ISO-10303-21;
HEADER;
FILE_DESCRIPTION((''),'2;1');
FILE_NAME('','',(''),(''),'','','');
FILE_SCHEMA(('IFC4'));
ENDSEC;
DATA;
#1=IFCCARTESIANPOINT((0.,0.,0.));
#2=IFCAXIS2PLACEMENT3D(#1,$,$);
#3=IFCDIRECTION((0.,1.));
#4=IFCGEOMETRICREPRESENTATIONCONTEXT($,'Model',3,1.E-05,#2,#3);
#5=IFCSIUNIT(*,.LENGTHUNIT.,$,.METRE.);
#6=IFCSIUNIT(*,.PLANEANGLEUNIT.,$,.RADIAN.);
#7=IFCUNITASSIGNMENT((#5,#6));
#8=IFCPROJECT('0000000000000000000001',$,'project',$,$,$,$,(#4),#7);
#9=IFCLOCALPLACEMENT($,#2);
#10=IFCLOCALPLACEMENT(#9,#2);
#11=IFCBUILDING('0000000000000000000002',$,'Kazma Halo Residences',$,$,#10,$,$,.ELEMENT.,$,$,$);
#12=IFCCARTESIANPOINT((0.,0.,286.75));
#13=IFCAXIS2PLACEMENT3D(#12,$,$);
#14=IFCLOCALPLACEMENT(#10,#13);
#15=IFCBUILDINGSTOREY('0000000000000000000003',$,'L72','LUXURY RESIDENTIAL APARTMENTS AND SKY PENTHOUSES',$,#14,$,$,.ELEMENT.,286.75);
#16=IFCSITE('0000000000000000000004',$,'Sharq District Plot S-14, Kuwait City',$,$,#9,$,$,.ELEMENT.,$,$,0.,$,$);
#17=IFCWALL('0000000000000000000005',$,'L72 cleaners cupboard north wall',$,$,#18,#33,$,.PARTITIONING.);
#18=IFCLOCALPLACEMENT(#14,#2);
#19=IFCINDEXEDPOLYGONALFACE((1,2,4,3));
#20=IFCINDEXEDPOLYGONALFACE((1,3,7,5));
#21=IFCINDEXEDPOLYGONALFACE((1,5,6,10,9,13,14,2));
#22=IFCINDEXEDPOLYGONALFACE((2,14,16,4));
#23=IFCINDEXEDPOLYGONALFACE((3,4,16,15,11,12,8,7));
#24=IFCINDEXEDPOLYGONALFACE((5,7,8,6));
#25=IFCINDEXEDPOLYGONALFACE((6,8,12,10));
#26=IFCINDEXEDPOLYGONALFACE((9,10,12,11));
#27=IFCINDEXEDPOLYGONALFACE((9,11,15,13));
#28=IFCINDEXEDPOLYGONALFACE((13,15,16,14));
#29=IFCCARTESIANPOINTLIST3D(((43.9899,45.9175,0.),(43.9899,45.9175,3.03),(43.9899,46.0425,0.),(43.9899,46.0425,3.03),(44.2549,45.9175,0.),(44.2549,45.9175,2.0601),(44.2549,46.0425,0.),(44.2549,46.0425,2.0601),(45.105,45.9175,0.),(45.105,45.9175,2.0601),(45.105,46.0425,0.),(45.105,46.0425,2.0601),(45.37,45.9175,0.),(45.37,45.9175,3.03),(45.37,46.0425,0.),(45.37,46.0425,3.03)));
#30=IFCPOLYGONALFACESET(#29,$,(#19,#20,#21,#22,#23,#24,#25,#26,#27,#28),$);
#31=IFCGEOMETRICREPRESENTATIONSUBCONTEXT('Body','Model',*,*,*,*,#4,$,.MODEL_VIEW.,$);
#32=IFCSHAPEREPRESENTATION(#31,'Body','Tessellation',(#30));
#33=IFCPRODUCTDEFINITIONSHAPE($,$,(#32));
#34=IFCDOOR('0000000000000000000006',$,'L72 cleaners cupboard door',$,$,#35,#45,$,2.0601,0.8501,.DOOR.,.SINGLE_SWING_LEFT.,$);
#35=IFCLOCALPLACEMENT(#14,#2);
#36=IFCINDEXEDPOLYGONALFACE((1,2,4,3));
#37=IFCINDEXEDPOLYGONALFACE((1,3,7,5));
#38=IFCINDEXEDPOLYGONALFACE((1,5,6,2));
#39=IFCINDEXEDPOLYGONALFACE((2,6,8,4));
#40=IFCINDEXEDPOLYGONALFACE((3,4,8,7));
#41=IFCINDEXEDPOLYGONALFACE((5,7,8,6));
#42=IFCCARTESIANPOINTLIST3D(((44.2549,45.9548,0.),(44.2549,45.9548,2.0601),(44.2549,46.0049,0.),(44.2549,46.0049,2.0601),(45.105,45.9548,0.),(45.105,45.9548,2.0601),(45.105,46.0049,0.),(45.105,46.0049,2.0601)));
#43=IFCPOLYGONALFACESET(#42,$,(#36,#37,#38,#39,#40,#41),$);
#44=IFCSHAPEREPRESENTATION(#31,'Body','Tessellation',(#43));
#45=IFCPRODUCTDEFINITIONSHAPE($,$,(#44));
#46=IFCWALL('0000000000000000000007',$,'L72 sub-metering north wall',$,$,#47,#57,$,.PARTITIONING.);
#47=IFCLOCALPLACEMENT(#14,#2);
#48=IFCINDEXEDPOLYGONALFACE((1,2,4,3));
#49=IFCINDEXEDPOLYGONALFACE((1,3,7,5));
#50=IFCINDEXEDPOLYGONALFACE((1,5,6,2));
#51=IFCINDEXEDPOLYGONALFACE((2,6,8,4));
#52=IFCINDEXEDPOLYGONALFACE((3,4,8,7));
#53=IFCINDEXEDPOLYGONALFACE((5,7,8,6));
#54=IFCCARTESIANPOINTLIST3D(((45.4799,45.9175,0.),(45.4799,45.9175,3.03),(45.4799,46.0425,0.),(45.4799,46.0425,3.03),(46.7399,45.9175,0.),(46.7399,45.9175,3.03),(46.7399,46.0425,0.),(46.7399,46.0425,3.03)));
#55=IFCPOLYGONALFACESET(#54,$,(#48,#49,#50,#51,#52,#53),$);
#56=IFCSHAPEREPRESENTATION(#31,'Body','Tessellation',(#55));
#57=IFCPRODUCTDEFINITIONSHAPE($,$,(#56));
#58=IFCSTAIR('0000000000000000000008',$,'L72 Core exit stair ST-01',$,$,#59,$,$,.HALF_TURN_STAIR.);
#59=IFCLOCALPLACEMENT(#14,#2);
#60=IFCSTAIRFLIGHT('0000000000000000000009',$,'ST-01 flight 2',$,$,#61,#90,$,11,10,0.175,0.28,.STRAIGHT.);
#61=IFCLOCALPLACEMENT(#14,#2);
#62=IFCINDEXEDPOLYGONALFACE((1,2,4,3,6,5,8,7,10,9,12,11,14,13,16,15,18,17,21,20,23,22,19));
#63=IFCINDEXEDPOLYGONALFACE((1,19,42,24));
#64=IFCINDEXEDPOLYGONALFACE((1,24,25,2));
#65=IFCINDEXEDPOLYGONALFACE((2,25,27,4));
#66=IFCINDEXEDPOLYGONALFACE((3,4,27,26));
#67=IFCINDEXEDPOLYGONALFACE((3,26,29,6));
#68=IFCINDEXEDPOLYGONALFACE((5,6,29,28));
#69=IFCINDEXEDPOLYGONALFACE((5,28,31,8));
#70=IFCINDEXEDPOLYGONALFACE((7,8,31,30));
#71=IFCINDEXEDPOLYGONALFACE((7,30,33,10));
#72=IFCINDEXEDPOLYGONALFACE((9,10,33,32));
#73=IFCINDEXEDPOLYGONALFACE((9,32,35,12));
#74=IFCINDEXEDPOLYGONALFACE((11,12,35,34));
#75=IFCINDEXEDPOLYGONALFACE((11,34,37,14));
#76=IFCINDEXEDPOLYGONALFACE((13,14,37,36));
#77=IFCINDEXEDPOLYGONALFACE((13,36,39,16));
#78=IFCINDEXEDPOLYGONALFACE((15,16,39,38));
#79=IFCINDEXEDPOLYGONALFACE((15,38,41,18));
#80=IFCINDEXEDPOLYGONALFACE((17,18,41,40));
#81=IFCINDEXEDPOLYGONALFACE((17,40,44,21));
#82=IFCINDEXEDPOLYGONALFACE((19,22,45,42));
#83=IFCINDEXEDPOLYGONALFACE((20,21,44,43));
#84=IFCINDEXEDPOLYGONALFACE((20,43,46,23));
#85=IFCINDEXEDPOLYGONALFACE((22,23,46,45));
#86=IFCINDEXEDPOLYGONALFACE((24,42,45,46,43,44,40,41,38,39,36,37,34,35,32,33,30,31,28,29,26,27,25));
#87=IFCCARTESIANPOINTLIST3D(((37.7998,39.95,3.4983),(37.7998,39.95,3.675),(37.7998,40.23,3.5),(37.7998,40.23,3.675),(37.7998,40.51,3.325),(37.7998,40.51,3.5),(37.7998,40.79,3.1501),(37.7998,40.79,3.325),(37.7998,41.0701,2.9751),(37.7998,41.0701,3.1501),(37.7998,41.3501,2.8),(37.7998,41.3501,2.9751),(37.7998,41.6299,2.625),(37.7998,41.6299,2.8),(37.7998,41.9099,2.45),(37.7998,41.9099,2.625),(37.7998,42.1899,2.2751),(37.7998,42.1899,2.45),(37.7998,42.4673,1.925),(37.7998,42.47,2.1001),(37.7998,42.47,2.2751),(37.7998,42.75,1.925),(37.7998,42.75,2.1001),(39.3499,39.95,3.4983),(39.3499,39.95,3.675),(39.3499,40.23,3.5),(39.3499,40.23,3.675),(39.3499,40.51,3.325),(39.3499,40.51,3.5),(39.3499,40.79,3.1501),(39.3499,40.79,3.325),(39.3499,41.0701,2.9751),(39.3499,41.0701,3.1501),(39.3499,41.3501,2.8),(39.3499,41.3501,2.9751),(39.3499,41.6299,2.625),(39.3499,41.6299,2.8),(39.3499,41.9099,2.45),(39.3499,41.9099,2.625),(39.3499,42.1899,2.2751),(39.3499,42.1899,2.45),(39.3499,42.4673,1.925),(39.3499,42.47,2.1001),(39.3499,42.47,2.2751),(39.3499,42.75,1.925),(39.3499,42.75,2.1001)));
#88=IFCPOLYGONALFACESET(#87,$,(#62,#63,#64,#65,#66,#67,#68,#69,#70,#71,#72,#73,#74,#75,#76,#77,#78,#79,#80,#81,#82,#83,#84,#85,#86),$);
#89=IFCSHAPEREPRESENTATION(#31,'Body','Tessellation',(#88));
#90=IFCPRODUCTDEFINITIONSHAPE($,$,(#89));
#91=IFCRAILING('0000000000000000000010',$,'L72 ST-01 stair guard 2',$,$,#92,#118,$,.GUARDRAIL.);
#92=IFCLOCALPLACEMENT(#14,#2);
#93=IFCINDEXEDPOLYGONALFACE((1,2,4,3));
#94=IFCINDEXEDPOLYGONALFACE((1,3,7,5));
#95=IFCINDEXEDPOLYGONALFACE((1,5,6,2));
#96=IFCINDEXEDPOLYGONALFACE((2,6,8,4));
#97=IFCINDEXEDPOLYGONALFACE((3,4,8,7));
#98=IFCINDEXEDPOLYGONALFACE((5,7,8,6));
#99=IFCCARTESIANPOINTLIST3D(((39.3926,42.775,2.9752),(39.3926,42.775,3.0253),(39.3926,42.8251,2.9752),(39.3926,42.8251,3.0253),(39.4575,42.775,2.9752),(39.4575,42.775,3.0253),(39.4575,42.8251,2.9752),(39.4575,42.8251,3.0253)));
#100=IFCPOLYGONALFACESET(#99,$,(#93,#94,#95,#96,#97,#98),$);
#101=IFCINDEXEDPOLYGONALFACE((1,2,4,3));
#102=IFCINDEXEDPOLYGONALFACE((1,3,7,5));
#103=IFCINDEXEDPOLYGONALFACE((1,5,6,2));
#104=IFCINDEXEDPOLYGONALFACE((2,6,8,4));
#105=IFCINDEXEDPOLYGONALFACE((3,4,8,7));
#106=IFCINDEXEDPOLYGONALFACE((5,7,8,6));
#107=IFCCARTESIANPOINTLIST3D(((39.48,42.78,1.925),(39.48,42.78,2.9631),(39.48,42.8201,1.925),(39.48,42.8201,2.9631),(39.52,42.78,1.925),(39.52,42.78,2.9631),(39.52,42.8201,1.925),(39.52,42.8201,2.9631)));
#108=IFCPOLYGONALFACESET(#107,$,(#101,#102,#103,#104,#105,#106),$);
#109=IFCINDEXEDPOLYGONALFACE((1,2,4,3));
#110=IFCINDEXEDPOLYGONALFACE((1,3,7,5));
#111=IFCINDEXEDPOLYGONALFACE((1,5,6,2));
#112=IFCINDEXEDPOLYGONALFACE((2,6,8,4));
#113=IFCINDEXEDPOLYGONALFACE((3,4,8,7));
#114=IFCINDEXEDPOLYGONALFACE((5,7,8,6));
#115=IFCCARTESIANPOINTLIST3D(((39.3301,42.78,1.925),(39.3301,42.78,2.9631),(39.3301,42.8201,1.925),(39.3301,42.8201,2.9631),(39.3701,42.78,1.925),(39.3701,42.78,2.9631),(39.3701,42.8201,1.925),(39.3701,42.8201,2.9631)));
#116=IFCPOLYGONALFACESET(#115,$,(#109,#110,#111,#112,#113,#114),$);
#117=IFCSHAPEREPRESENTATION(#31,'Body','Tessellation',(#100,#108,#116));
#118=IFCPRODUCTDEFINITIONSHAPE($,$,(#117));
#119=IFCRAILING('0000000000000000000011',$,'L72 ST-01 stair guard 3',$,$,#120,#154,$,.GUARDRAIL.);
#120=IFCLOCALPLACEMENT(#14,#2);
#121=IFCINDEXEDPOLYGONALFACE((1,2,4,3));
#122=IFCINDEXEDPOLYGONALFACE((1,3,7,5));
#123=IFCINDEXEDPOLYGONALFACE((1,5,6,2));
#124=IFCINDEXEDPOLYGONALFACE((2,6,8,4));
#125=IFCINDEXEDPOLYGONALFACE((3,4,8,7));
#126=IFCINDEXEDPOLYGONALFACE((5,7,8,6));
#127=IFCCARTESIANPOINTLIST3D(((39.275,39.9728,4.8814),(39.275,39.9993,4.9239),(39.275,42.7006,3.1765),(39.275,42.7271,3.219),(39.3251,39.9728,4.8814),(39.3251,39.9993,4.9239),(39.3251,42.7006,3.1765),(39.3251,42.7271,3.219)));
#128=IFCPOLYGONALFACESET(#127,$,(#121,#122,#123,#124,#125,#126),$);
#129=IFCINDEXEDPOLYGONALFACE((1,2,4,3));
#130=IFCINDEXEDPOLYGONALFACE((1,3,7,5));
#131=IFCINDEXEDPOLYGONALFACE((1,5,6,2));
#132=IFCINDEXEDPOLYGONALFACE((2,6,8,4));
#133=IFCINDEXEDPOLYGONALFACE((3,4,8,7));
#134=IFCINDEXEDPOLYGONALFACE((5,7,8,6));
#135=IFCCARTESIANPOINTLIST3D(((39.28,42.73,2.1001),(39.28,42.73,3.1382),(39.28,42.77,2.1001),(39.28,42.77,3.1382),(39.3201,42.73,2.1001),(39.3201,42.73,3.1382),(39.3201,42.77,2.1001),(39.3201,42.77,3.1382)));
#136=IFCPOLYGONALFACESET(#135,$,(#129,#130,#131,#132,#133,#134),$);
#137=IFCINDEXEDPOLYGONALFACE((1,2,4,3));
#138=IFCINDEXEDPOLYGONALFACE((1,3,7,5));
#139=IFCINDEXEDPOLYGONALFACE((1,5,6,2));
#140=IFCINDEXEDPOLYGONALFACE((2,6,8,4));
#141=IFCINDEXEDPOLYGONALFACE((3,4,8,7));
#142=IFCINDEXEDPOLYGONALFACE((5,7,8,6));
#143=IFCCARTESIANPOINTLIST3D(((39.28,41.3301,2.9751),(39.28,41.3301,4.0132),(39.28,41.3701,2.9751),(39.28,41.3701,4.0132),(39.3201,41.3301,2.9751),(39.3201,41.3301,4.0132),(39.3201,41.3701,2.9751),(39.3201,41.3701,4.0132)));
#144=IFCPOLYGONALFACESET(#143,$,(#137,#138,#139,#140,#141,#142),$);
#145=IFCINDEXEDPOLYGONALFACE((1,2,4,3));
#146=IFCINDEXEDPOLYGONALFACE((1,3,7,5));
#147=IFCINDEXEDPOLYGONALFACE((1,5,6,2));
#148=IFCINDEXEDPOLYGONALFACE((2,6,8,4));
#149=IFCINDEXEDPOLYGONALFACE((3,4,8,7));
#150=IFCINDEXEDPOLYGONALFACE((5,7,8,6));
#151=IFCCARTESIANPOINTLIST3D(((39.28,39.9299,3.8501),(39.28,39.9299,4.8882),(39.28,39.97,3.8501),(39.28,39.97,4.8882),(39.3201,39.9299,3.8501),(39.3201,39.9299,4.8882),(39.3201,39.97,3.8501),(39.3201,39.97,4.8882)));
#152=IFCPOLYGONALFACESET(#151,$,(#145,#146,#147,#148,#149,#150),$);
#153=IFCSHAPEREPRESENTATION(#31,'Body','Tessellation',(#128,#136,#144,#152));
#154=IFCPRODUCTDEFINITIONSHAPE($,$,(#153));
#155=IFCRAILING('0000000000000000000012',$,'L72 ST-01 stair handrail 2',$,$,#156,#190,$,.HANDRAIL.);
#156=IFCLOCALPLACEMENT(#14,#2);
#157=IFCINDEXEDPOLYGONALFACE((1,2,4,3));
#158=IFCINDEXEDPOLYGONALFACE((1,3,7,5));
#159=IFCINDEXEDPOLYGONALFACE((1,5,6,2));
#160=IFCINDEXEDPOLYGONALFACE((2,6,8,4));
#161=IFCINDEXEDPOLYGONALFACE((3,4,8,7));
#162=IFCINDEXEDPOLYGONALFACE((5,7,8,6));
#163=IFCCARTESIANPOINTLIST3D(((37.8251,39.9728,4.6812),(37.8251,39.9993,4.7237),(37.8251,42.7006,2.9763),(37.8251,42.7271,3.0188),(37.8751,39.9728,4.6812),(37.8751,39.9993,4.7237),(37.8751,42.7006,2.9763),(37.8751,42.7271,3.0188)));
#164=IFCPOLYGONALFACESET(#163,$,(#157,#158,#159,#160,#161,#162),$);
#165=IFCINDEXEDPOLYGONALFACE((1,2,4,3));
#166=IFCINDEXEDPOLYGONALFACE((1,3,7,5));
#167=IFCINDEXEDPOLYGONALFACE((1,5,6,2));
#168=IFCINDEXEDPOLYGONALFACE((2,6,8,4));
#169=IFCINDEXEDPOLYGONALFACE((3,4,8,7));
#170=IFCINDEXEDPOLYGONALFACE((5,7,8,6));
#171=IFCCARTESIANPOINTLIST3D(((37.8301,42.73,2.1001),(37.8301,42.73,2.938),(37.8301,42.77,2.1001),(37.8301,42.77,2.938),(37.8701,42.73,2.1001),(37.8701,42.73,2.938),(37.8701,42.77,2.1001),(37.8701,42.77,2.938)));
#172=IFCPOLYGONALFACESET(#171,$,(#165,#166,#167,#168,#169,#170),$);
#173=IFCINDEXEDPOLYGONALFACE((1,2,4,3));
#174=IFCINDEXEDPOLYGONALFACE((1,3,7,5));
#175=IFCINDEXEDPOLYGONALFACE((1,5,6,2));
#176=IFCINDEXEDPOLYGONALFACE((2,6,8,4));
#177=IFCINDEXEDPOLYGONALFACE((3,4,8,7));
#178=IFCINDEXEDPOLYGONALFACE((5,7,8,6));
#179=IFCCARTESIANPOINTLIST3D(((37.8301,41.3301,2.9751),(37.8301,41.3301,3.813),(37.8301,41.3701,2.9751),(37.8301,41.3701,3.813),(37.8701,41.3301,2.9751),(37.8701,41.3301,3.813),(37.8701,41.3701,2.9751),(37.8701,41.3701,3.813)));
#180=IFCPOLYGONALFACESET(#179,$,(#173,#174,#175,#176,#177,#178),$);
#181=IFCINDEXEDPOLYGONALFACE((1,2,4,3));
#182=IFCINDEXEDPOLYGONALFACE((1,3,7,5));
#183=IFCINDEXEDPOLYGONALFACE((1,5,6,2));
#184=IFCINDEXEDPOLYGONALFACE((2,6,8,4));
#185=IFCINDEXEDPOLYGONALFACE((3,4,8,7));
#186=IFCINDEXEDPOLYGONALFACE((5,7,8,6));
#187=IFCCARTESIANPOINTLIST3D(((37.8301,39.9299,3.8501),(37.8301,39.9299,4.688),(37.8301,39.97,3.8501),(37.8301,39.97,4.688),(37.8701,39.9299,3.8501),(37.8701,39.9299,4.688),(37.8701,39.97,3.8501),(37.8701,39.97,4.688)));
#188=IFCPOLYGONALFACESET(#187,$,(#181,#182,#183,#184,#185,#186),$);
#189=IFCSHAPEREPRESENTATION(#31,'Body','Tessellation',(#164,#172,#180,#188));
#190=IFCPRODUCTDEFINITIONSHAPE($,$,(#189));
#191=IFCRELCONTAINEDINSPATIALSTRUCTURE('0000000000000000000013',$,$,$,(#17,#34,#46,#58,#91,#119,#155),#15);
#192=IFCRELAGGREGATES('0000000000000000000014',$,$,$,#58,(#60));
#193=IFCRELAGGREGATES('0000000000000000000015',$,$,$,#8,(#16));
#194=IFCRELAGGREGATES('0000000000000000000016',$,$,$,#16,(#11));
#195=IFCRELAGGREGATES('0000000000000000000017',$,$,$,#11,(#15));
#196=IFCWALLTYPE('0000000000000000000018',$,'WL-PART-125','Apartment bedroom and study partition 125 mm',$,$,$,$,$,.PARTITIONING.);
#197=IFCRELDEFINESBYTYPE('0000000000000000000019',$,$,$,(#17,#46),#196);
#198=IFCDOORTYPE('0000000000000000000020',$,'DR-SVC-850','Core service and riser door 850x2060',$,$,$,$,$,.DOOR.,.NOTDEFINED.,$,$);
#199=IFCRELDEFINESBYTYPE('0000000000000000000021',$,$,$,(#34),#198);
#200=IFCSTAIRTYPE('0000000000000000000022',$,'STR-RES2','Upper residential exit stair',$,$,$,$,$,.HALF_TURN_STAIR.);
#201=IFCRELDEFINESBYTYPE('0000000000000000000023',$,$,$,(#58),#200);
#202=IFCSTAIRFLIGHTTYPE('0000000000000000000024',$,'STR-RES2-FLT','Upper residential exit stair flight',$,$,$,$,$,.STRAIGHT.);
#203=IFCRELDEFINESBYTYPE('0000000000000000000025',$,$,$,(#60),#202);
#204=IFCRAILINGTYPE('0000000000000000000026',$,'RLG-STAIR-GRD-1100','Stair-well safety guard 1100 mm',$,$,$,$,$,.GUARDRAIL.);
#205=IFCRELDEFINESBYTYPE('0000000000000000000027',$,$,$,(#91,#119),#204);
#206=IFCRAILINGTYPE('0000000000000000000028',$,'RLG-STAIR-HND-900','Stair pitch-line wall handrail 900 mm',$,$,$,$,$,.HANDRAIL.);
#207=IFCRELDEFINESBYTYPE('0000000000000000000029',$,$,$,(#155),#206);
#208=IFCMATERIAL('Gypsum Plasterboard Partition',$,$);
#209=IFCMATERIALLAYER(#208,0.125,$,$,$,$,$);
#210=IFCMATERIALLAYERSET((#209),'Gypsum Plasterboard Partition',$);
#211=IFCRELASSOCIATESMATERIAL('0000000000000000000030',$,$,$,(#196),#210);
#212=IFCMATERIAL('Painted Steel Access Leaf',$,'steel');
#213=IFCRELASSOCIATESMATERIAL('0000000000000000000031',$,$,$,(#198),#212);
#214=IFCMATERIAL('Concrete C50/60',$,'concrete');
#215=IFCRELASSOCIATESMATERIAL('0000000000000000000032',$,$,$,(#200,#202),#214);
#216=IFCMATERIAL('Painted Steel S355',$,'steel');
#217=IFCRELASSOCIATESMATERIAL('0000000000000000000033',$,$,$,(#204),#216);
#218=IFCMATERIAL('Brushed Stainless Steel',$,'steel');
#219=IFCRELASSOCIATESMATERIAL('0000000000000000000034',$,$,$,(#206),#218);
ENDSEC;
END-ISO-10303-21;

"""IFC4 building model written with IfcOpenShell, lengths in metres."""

from ifc_helpers import new_model, si_unit, direction, frame, frame_2d, origin, origin_2d, place, context, subcontext, project, spatial, polyline, rectangle, outline, extrude, material, layer, layer_set, type_object, element, fill, aggregate, save


model = new_model("IFC4")

# Units and contexts
model_context = context("Model", 3, precision=1e-05, world=origin(), true_north=direction((0.0, 1.0)))
body_context = subcontext(model_context, "Body", "Model", "MODEL_VIEW")
ifc_project = project(units=[si_unit("LENGTHUNIT", "METRE"), si_unit("PLANEANGLEUNIT", "RADIAN")], contexts=[model_context])

# Site, building, storey
site_placement = place(None, origin())
site = spatial("IfcSite", under=ifc_project, at=site_placement, Name="Sharq District Plot S-14, Kuwait City", CompositionType="ELEMENT", RefElevation=0.0)
building_placement = place(site_placement, origin())
building = spatial("IfcBuilding", under=site, at=building_placement, Name="Kazma Halo Residences", CompositionType="ELEMENT")
storey_placement = place(building_placement, frame((0.0, 0.0, 286.75)))
storey = spatial("IfcBuildingStorey", under=building, at=storey_placement, Name="L72", Description="LUXURY RESIDENTIAL APARTMENTS AND SKY PENTHOUSES", CompositionType="ELEMENT", Elevation=286.75)

# Shared definitions
ifc_material_1 = material(Name="Gypsum Plasterboard Partition")
ifc_layer_1 = layer(ifc_material_1, 0.125)
ifc_layer_set_1 = layer_set([ifc_layer_1], Name="Gypsum Plasterboard Partition")
wall_type_1 = type_object("IfcWallType", Name="WL-PART-125", Description="Apartment bedroom and study partition 125 mm", PredefinedType="PARTITIONING", material=ifc_layer_set_1)
ifc_material_2 = material(Name="Painted Steel Access Leaf", Category="steel")
door_type_1 = type_object("IfcDoorType", Name="DR-SVC-850", Description="Core service and riser door 850x2060", OperationType="NOTDEFINED", PredefinedType="DOOR", material=ifc_material_2)

# Wall, opening, door
wall_1_placement = place(storey_placement, frame((43.99, 45.98, 0.0), z_axis=(0.0, 0.0, 1.0), x_axis=(1.0, 0.0, 0.0)))
wall_1 = element("IfcWall", 1, at=wall_1_placement, inside=storey, type_object=wall_type_1, Name="L72 cleaners cupboard north wall", PredefinedType="PARTITIONING", context=body_context, shape_type="SweptSolid", body=[
    extrude(rectangle(XDim=1.3801, YDim=0.125, at=frame_2d((0.6899, 0.0))), origin(), (0.0, 0.0, 1.0), 3.03),
])
opening_1_placement = place(wall_1_placement, frame((0.2649, 0.0, 0.0)))
opening_1 = element("IfcOpeningElement", 2, at=opening_1_placement, cuts=wall_1, PredefinedType="OPENING", context=body_context, shape_type="SweptSolid", body=[
    extrude(rectangle(XDim=0.8501, YDim=2.0601, at=frame_2d((0.425, 1.03))), frame((0.0, 0.0725, 0.0), z_axis=(0.0, -1.0, 0.0), x_axis=(1.0, 0.0, 0.0)), (0.0, 0.0, 1.0), 0.145),
])
door_1_placement = place(opening_1_placement, origin())
door_1 = element("IfcDoor", 3, at=door_1_placement, inside=storey, type_object=door_type_1, Name="L72 cleaners cupboard door", OperationType="SINGLE_SWING_LEFT", OverallHeight=2.0601, OverallWidth=0.8501, PredefinedType="DOOR", context=body_context, shape_type="SweptSolid", body=[
    extrude(rectangle(XDim=0.8501, YDim=2.0601, at=frame_2d((0.425, 1.03))), frame((0.0, 0.0249, 0.0), z_axis=(0.0, -1.0, 0.0), x_axis=(1.0, 0.0, 0.0)), (0.0, 0.0, 1.0), 0.05),
])
fill(opening_1, door_1)

# Wall
wall_2_placement = place(storey_placement, frame((45.48, 45.98, 0.0), z_axis=(0.0, 0.0, 1.0), x_axis=(1.0, 0.0, 0.0)))
element("IfcWall", 4, at=wall_2_placement, inside=storey, type_object=wall_type_1, Name="L72 sub-metering north wall", PredefinedType="PARTITIONING", context=body_context, shape_type="SweptSolid", body=[
    extrude(rectangle(XDim=1.26, YDim=0.125, at=frame_2d((0.6299, 0.0))), origin(), (0.0, 0.0, 1.0), 3.03),
])

# Stair, stair flight
ifc_material_3 = material(Name="Concrete C50/60", Category="concrete")
stair_type = type_object("IfcStairType", Name="STR-RES2", Description="Upper residential exit stair", PredefinedType="HALF_TURN_STAIR", material=ifc_material_3)
stair_placement = place(storey_placement, origin())
stair = element("IfcStair", 5, at=stair_placement, inside=storey, type_object=stair_type, Name="L72 Core exit stair ST-01", PredefinedType="HALF_TURN_STAIR")
stair_flight_type = type_object("IfcStairFlightType", Name="STR-RES2-FLT", Description="Upper residential exit stair flight", PredefinedType="STRAIGHT", material=ifc_material_3)
stair_flight_placement = place(storey_placement, frame((38.575, 42.75, 1.925), z_axis=(0.0, 0.0, 1.0), x_axis=(0.0, -1.0, 0.0)))
stair_flight = element("IfcStairFlight", 6, at=stair_flight_placement, type_object=stair_flight_type, Name="ST-01 flight 2", NumberOfRisers=11, NumberOfTreads=10, PredefinedType="STRAIGHT", RiserHeight=0.175, TreadLength=0.28, context=body_context, shape_type="SweptSolid", body=[
    extrude(outline(polyline([(0.0, 0.0), (0.0, 0.175), (0.28, 0.175), (0.28, 0.3501), (0.5601, 0.3501), (0.5601, 0.5249), (0.8401, 0.5249), (0.8401, 0.7), (1.1201, 0.7), (1.1201, 0.875), (1.3999, 0.875), (1.3999, 1.05), (1.6799, 1.05), (1.6799, 1.2251), (1.96, 1.2251), (1.96, 1.3999), (2.24, 1.3999), (2.24, 1.575), (2.52, 1.575), (2.52, 1.75), (2.8, 1.75), (2.8, 1.925), (2.8, 1.5732), (0.2827, 0.0), (0.0, 0.0)])), frame((0.0, 0.7749, 0.0), z_axis=(0.0, -1.0, 0.0), x_axis=(1.0, 0.0, 0.0)), (0.0, 0.0, 1.0), 1.55),
])
aggregate(stair, [stair_flight])

# Railings
ifc_material_4 = material(Name="Painted Steel S355", Category="steel")
railing_type_1 = type_object("IfcRailingType", Name="RLG-STAIR-GRD-1100", Description="Stair-well safety guard 1100 mm", PredefinedType="GUARDRAIL", material=ifc_material_4)
railing_1_placement = place(storey_placement, frame((39.5, 42.8, 1.925)))
element("IfcRailing", 7, at=railing_1_placement, inside=storey, type_object=railing_type_1, Name="L72 ST-01 stair guard 2", PredefinedType="GUARDRAIL", context=body_context, shape_type="SweptSolid", body=[
    extrude(rectangle(XDim=0.05, YDim=0.05, at=origin_2d()), frame((-0.0425, 0.0, 1.0752), z_axis=(-1.0, 0.0, 0.0), x_axis=(0.0, -1.0, 0.0)), (0.0, 0.0, 1.0), 0.0649),
    extrude(rectangle(XDim=0.04, YDim=0.04, at=origin_2d()), origin(), (0.0, 0.0, 1.0), 1.0381),
    extrude(rectangle(XDim=0.04, YDim=0.04, at=origin_2d()), frame((-0.1499, 0.0, 0.0)), (0.0, 0.0, 1.0), 1.0381),
])
railing_2_placement = place(storey_placement, frame((39.3, 42.75, 2.1001)))
element("IfcRailing", 8, at=railing_2_placement, inside=storey, type_object=railing_type_1, Name="L72 ST-01 stair guard 3", PredefinedType="GUARDRAIL", context=body_context, shape_type="SweptSolid", body=[
    extrude(rectangle(XDim=0.05, YDim=0.05, at=origin_2d()), frame((0.0, -0.0361, 1.0977), z_axis=(0.0, -0.848002, 0.529992), x_axis=(1.0, 0.0, 0.0)), (0.0, 0.0, 1.0), 3.2168),
    extrude(rectangle(XDim=0.04, YDim=0.04, at=origin_2d()), origin(), (0.0, 0.0, 1.0), 1.0381),
    extrude(rectangle(XDim=0.04, YDim=0.04, at=origin_2d()), frame((0.0, -1.3999, 0.875)), (0.0, 0.0, 1.0), 1.0381),
    extrude(rectangle(XDim=0.04, YDim=0.04, at=origin_2d()), frame((0.0, -2.8, 1.75)), (0.0, 0.0, 1.0), 1.0381),
])
ifc_material_5 = material(Name="Brushed Stainless Steel", Category="steel")
railing_type_2 = type_object("IfcRailingType", Name="RLG-STAIR-HND-900", Description="Stair pitch-line wall handrail 900 mm", PredefinedType="HANDRAIL", material=ifc_material_5)
railing_3_placement = place(storey_placement, frame((37.8501, 42.75, 2.1001)))
element("IfcRailing", 9, at=railing_3_placement, inside=storey, type_object=railing_type_2, Name="L72 ST-01 stair handrail 2", PredefinedType="HANDRAIL", context=body_context, shape_type="SweptSolid", body=[
    extrude(rectangle(XDim=0.05, YDim=0.05, at=origin_2d()), frame((0.0, -0.0361, 0.8975), z_axis=(0.0, -0.848002, 0.529992), x_axis=(1.0, 0.0, 0.0)), (0.0, 0.0, 1.0), 3.2168),
    extrude(rectangle(XDim=0.04, YDim=0.04, at=origin_2d()), origin(), (0.0, 0.0, 1.0), 0.8379),
    extrude(rectangle(XDim=0.04, YDim=0.04, at=origin_2d()), frame((0.0, -1.3999, 0.875)), (0.0, 0.0, 1.0), 0.8379),
    extrude(rectangle(XDim=0.04, YDim=0.04, at=origin_2d()), frame((0.0, -2.8, 1.75)), (0.0, 0.0, 1.0), 0.8379),
])

save(model, "model.ifc")
